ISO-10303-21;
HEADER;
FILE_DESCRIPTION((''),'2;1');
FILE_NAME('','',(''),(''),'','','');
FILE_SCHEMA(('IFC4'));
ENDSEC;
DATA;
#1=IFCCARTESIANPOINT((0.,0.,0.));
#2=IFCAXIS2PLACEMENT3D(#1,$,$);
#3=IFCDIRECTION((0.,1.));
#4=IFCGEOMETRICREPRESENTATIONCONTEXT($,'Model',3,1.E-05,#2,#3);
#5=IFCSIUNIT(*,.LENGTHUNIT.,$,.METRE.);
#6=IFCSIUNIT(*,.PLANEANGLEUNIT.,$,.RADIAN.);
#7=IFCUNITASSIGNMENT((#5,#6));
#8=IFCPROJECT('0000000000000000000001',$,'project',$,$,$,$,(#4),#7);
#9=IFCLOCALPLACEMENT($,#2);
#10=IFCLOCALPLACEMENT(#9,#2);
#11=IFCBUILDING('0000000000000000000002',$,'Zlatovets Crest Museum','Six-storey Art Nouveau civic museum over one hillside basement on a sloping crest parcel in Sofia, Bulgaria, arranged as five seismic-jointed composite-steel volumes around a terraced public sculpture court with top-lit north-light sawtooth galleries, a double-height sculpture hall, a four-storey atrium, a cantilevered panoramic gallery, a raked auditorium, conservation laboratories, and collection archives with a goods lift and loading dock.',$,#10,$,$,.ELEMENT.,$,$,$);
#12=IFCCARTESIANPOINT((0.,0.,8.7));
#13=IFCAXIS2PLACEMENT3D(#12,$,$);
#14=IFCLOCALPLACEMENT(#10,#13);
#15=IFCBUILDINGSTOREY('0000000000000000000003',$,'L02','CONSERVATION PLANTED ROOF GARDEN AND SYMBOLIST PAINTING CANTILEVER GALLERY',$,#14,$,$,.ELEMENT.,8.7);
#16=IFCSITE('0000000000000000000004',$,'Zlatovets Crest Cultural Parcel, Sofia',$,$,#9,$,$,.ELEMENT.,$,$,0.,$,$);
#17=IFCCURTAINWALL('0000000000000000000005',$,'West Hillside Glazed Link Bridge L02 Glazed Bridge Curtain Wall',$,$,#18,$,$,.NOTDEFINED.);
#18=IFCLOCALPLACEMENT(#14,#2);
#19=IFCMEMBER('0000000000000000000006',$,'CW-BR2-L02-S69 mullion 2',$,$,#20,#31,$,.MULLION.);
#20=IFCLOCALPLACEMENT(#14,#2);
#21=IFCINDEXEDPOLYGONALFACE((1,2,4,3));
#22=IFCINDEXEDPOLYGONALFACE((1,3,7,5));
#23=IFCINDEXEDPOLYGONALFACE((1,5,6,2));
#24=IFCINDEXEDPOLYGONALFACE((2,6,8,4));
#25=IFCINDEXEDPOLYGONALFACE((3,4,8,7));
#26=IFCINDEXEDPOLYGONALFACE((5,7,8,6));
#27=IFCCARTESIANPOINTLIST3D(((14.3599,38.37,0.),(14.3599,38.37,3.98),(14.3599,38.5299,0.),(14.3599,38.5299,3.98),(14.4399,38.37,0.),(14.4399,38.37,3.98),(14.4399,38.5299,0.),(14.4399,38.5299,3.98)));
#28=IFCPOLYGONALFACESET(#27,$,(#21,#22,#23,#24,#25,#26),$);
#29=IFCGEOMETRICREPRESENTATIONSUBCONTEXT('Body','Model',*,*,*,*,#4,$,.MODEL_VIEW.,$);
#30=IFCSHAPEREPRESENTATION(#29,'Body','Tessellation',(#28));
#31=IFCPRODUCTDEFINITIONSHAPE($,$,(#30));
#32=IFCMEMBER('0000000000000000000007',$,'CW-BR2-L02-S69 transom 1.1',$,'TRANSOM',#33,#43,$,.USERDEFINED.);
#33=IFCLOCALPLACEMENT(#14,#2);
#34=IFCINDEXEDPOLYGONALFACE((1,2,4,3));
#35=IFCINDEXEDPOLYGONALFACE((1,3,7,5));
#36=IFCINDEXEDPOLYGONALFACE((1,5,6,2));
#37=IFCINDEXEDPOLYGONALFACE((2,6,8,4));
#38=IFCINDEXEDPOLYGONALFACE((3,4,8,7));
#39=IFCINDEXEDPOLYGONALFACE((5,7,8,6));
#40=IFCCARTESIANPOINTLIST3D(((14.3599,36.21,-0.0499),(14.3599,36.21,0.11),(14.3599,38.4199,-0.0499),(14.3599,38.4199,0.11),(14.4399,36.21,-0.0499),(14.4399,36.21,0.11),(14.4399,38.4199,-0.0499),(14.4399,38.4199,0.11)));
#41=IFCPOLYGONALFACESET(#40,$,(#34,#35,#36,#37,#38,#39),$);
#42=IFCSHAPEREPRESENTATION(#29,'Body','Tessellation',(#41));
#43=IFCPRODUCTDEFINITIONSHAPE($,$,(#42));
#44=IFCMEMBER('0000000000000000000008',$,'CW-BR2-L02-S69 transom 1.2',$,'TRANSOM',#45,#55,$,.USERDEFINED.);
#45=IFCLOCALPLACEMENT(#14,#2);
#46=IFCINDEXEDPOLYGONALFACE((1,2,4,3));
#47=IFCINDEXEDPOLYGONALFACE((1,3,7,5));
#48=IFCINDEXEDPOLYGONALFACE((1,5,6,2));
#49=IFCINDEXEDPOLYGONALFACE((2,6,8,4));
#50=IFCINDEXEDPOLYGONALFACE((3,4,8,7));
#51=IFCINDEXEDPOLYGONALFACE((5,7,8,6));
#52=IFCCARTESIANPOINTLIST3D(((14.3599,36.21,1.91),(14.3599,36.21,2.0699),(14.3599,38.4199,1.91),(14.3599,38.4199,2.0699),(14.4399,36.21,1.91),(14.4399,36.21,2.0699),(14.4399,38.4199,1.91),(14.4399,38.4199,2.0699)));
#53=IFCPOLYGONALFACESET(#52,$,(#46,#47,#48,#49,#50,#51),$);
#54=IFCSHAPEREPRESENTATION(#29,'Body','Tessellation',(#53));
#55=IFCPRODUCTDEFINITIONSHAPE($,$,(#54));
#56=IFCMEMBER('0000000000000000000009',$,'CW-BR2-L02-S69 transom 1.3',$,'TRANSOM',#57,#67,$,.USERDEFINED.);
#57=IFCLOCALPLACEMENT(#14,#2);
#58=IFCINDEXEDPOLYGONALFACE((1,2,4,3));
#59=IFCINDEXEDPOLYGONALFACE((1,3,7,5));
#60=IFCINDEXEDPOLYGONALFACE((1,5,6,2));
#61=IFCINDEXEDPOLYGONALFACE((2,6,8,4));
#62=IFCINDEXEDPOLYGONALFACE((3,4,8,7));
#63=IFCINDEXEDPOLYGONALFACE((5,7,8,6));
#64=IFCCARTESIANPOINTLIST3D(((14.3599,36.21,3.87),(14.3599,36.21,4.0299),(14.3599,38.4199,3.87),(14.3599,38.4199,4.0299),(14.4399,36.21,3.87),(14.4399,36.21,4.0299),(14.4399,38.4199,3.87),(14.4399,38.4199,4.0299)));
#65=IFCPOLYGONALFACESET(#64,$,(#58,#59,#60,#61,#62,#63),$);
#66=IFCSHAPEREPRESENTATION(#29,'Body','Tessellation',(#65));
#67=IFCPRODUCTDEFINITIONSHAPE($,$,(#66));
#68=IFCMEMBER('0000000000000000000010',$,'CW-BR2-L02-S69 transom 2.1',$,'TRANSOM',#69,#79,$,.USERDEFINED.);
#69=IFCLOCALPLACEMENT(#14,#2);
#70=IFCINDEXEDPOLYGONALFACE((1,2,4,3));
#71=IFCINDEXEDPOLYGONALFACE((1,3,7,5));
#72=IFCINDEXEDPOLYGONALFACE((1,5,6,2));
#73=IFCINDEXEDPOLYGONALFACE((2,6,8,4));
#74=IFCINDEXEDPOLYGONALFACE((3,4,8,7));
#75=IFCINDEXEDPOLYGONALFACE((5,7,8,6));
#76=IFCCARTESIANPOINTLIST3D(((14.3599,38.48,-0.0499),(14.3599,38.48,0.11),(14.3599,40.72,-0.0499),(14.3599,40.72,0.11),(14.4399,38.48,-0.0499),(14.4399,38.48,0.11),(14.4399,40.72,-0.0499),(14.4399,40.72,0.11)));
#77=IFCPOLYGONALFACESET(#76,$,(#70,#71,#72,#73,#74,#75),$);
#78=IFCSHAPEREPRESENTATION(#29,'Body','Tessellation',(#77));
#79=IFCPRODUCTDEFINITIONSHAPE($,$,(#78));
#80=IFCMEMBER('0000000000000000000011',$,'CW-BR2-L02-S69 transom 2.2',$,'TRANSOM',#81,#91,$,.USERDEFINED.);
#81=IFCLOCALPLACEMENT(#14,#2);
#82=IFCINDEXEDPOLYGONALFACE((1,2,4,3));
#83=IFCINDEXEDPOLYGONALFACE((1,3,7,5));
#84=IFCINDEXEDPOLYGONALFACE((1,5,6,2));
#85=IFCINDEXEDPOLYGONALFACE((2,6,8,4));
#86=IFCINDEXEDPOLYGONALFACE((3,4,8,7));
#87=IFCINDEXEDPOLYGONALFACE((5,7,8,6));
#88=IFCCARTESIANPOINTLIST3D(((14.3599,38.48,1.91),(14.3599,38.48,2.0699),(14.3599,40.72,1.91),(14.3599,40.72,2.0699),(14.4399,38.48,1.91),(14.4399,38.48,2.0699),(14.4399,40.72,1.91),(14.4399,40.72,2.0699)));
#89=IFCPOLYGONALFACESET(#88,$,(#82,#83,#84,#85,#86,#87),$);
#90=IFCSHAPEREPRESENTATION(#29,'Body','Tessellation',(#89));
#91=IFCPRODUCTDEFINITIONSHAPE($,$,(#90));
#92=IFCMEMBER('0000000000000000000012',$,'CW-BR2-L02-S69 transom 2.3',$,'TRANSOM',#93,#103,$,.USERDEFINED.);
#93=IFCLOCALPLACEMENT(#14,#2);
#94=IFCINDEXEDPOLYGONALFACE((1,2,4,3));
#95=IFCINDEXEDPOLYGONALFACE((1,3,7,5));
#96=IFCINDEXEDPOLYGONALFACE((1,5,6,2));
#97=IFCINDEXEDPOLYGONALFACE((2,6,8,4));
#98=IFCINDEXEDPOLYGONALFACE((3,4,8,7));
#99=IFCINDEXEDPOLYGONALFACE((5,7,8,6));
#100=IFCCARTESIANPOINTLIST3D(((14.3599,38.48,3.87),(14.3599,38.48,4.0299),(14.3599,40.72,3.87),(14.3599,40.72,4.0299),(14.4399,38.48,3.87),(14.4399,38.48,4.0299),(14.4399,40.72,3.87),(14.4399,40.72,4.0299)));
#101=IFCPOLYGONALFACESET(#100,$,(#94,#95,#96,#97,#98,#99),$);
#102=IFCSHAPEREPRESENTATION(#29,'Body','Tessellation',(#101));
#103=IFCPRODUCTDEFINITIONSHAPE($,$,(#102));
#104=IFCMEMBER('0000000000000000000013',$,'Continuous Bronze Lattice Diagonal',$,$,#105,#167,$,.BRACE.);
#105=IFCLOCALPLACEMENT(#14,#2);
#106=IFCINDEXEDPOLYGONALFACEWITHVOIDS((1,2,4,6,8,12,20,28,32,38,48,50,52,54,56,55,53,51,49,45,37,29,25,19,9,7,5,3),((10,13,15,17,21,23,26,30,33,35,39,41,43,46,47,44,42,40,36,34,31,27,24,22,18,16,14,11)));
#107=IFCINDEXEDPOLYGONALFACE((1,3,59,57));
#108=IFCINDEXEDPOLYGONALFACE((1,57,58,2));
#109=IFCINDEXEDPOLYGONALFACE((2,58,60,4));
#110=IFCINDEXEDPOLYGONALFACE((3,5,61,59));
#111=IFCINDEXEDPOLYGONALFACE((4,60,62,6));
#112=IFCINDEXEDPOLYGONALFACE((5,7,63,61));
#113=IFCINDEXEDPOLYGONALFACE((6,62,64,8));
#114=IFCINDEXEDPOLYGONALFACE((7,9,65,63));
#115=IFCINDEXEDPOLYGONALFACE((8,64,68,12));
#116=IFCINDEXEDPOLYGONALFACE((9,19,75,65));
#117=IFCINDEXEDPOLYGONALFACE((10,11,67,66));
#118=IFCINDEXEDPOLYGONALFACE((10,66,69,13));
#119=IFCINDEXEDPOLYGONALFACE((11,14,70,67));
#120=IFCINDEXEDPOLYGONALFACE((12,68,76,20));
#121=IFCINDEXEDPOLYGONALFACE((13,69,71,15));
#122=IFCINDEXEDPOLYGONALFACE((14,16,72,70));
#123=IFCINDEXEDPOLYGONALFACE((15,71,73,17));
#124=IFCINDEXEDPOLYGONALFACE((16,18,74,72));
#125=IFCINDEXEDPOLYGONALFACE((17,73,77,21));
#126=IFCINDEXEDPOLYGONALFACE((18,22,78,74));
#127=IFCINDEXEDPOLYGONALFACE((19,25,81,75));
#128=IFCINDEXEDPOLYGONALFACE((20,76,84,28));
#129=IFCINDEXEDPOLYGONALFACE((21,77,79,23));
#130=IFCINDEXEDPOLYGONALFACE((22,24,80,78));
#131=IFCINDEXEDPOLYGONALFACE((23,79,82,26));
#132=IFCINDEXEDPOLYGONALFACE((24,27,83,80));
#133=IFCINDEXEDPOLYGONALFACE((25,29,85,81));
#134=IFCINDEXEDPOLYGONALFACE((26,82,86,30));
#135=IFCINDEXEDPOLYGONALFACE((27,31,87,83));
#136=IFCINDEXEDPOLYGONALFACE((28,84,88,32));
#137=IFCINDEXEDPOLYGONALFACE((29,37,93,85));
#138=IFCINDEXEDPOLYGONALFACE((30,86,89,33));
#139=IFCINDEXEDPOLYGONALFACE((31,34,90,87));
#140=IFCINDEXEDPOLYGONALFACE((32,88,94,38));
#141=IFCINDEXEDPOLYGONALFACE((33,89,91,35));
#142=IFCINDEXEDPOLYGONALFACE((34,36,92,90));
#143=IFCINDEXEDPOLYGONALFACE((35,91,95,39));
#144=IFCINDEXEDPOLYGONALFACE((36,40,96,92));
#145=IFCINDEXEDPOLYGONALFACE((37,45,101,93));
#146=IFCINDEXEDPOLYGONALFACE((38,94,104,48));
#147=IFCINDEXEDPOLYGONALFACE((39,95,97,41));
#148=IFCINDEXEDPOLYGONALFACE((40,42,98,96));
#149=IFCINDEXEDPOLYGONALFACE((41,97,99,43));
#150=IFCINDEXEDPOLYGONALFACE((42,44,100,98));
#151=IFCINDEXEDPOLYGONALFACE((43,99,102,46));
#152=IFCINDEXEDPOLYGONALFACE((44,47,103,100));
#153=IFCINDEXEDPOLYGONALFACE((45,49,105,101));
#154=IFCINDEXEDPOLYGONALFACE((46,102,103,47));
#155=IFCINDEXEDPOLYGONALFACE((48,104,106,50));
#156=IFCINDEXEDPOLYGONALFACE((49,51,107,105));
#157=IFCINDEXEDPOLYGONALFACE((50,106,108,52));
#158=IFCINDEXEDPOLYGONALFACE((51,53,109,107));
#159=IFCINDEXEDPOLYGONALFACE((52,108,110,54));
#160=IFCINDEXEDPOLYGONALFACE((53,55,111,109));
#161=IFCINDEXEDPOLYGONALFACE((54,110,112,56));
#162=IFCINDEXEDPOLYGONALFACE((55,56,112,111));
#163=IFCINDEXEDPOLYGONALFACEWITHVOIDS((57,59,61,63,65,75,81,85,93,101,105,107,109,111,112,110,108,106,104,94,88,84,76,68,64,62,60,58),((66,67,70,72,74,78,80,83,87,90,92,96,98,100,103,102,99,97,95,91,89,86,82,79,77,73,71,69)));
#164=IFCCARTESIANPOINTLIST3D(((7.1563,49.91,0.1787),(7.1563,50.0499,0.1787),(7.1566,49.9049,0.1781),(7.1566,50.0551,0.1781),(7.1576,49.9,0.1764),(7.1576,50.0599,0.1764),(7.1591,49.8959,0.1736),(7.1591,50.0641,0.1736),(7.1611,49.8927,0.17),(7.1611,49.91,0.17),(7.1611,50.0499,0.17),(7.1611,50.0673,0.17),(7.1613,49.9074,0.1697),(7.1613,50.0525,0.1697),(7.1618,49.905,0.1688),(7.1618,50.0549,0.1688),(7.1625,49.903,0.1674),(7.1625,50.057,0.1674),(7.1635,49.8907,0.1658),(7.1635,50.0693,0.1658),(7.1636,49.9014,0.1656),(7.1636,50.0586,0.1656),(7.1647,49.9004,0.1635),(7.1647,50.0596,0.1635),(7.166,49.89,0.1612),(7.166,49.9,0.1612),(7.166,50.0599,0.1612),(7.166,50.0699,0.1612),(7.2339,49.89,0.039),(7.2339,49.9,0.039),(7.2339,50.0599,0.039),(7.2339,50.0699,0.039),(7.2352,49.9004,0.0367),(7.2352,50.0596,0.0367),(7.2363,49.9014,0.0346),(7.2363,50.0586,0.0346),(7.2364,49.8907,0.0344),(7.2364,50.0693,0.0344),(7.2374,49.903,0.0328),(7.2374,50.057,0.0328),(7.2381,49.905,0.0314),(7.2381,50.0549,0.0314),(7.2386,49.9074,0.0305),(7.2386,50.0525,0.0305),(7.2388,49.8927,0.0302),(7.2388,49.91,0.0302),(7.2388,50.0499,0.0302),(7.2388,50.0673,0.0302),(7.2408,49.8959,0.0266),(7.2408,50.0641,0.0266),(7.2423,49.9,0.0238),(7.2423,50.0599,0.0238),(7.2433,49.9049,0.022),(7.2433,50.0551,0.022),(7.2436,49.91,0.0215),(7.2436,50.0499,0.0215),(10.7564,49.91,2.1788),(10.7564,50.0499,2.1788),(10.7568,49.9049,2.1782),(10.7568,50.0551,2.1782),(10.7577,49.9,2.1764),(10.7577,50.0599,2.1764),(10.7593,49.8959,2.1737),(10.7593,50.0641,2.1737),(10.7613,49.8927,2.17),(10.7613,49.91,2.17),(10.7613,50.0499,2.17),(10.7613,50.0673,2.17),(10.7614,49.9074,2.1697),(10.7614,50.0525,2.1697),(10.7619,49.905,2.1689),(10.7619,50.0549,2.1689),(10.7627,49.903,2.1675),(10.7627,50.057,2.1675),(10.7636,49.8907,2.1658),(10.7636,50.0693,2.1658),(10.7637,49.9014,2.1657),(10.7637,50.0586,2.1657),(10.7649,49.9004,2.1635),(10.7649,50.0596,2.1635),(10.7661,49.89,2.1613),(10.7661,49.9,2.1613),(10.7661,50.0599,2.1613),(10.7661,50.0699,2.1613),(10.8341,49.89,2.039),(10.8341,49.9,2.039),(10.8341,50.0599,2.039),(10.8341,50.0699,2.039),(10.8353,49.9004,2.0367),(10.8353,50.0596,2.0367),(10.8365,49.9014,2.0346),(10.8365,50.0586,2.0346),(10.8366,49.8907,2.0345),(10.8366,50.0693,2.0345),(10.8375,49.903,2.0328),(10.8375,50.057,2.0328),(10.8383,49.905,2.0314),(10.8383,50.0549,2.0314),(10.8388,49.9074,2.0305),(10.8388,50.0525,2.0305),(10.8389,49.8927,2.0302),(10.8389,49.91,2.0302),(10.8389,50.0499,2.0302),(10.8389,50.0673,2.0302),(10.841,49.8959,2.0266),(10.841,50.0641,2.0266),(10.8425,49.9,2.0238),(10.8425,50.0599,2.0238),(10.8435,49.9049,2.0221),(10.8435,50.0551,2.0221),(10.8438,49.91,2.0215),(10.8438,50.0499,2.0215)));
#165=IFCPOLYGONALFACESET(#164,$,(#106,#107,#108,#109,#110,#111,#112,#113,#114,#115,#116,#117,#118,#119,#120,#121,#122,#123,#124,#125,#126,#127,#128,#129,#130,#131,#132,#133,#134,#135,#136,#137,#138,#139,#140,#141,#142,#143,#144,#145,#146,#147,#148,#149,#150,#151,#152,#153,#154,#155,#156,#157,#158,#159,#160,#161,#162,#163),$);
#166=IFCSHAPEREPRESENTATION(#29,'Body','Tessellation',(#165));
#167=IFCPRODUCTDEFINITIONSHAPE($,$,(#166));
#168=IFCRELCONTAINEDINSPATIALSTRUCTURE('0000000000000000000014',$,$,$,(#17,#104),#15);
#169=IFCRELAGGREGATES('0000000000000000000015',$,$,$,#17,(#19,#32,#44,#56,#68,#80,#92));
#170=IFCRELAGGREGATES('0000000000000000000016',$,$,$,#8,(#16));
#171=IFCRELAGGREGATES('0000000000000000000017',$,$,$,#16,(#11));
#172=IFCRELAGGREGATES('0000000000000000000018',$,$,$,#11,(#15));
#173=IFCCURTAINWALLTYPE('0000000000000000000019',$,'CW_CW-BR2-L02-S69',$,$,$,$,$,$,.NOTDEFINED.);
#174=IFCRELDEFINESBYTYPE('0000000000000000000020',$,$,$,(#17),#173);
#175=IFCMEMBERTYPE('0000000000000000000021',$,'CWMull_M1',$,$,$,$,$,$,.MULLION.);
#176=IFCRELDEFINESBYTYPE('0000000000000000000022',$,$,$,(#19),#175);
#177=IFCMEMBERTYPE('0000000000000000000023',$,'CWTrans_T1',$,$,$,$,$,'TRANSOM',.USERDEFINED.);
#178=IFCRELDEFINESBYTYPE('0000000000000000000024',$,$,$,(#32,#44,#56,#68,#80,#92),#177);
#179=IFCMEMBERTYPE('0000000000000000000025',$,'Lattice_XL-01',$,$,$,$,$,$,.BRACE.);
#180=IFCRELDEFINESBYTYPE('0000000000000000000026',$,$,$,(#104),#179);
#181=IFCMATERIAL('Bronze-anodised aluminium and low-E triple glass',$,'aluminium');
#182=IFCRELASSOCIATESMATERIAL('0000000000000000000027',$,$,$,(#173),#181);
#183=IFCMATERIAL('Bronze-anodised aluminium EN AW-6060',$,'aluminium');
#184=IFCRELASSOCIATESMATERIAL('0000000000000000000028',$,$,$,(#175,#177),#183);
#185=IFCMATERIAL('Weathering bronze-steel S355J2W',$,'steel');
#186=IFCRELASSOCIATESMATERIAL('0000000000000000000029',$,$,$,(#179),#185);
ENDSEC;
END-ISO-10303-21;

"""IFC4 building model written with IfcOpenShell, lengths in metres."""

from ifc_helpers import new_model, si_unit, direction, frame, origin, origin_2d, place, context, subcontext, project, spatial, rectangle, hollow_rectangle, extrude, material, material_profile, profile_set, type_object, element, aggregate, save


model = new_model("IFC4")

# Units and contexts
model_context = context("Model", 3, precision=1e-05, world=origin(), true_north=direction((0.0, 1.0)))
body_context = subcontext(model_context, "Body", "Model", "MODEL_VIEW")
ifc_project = project(units=[si_unit("LENGTHUNIT", "METRE"), si_unit("PLANEANGLEUNIT", "RADIAN")], contexts=[model_context])

# Site, building, storey
site_placement = place(None, origin())
site = spatial("IfcSite", under=ifc_project, at=site_placement, Name="Zlatovets Crest Cultural Parcel, Sofia", CompositionType="ELEMENT", RefElevation=0.0)
building_placement = place(site_placement, origin())
building = spatial("IfcBuilding", under=site, at=building_placement, Name="Zlatovets Crest Museum", Description="Six-storey Art Nouveau civic museum over one hillside basement on a sloping crest parcel in Sofia, Bulgaria, arranged as five seismic-jointed composite-steel volumes around a terraced public sculpture court with top-lit north-light sawtooth galleries, a double-height sculpture hall, a four-storey atrium, a cantilevered panoramic gallery, a raked auditorium, conservation laboratories, and collection archives with a goods lift and loading dock.", CompositionType="ELEMENT")
storey_placement = place(building_placement, frame((0.0, 0.0, 8.7)))
storey = spatial("IfcBuildingStorey", under=building, at=storey_placement, Name="L02", Description="CONSERVATION PLANTED ROOF GARDEN AND SYMBOLIST PAINTING CANTILEVER GALLERY", CompositionType="ELEMENT", Elevation=8.7)

# Curtain wall, members
ifc_material_1 = material(Name="Bronze-anodised aluminium and low-E triple glass", Category="aluminium")
curtain_wall_type = type_object("IfcCurtainWallType", Name="CW_CW-BR2-L02-S69", PredefinedType="NOTDEFINED", material=ifc_material_1)
curtain_wall_placement = place(storey_placement, origin())
curtain_wall = element("IfcCurtainWall", 1, at=curtain_wall_placement, inside=storey, type_object=curtain_wall_type, Name="West Hillside Glazed Link Bridge L02 Glazed Bridge Curtain Wall", PredefinedType="NOTDEFINED")
ifc_material_2 = material(Name="Bronze-anodised aluminium EN AW-6060", Category="aluminium")
ifc_material_profile_1 = material_profile(ifc_material_2, rectangle(XDim=0.0801, YDim=0.1599, at=origin_2d()), Name="ALU 80x160")
ifc_profile_set_1 = profile_set([ifc_material_profile_1], Name="Bronze-anodised aluminium EN AW-6060")
member_type_1 = type_object("IfcMemberType", Name="CWMull_M1", PredefinedType="MULLION", material=ifc_profile_set_1)
member_1_placement = place(storey_placement, frame((14.3999, 38.45, 0.0), z_axis=(0.0, 0.0, 1.0), x_axis=(-1.0, 0.0, 0.0)))
member_1 = element("IfcMember", 2, at=member_1_placement, type_object=member_type_1, Name="CW-BR2-L02-S69 mullion 2", PredefinedType="MULLION", context=body_context, shape_type="SweptSolid", body=[
    extrude(rectangle(XDim=0.0801, YDim=0.1599, at=origin_2d()), origin(), (0.0, 0.0, 1.0), 3.98),
])
ifc_material_profile_2 = material_profile(ifc_material_2, rectangle(XDim=0.0801, YDim=0.1599, at=origin_2d()), Name="ALU 80x160")
ifc_profile_set_2 = profile_set([ifc_material_profile_2], Name="Bronze-anodised aluminium EN AW-6060")
member_type_2 = type_object("IfcMemberType", Name="CWTrans_T1", ElementType="TRANSOM", PredefinedType="USERDEFINED", material=ifc_profile_set_2)
member_2_placement = place(storey_placement, frame((14.3999, 36.21, 0.03), z_axis=(0.0, 1.0, 0.0), x_axis=(-1.0, 0.0, 0.0)))
member_2 = element("IfcMember", 3, at=member_2_placement, type_object=member_type_2, Name="CW-BR2-L02-S69 transom 1.1", ObjectType="TRANSOM", PredefinedType="USERDEFINED", context=body_context, shape_type="SweptSolid", body=[
    extrude(rectangle(XDim=0.0801, YDim=0.1599, at=origin_2d()), origin(), (0.0, 0.0, 1.0), 2.21),
])
member_3_placement = place(storey_placement, frame((14.3999, 36.21, 1.99), z_axis=(0.0, 1.0, 0.0), x_axis=(-1.0, 0.0, 0.0)))
member_3 = element("IfcMember", 4, at=member_3_placement, type_object=member_type_2, Name="CW-BR2-L02-S69 transom 1.2", ObjectType="TRANSOM", PredefinedType="USERDEFINED", context=body_context, shape_type="SweptSolid", body=[
    extrude(rectangle(XDim=0.0801, YDim=0.1599, at=origin_2d()), origin(), (0.0, 0.0, 1.0), 2.21),
])
member_4_placement = place(storey_placement, frame((14.3999, 36.21, 3.95), z_axis=(0.0, 1.0, 0.0), x_axis=(-1.0, 0.0, 0.0)))
member_4 = element("IfcMember", 5, at=member_4_placement, type_object=member_type_2, Name="CW-BR2-L02-S69 transom 1.3", ObjectType="TRANSOM", PredefinedType="USERDEFINED", context=body_context, shape_type="SweptSolid", body=[
    extrude(rectangle(XDim=0.0801, YDim=0.1599, at=origin_2d()), origin(), (0.0, 0.0, 1.0), 2.21),
])
member_5_placement = place(storey_placement, frame((14.3999, 38.48, 0.03), z_axis=(0.0, 1.0, 0.0), x_axis=(-1.0, 0.0, 0.0)))
member_5 = element("IfcMember", 6, at=member_5_placement, type_object=member_type_2, Name="CW-BR2-L02-S69 transom 2.1", ObjectType="TRANSOM", PredefinedType="USERDEFINED", context=body_context, shape_type="SweptSolid", body=[
    extrude(rectangle(XDim=0.0801, YDim=0.1599, at=origin_2d()), origin(), (0.0, 0.0, 1.0), 2.24),
])
member_6_placement = place(storey_placement, frame((14.3999, 38.48, 1.99), z_axis=(0.0, 1.0, 0.0), x_axis=(-1.0, 0.0, 0.0)))
member_6 = element("IfcMember", 7, at=member_6_placement, type_object=member_type_2, Name="CW-BR2-L02-S69 transom 2.2", ObjectType="TRANSOM", PredefinedType="USERDEFINED", context=body_context, shape_type="SweptSolid", body=[
    extrude(rectangle(XDim=0.0801, YDim=0.1599, at=origin_2d()), origin(), (0.0, 0.0, 1.0), 2.24),
])
member_7_placement = place(storey_placement, frame((14.3999, 38.48, 3.95), z_axis=(0.0, 1.0, 0.0), x_axis=(-1.0, 0.0, 0.0)))
member_7 = element("IfcMember", 8, at=member_7_placement, type_object=member_type_2, Name="CW-BR2-L02-S69 transom 2.3", ObjectType="TRANSOM", PredefinedType="USERDEFINED", context=body_context, shape_type="SweptSolid", body=[
    extrude(rectangle(XDim=0.0801, YDim=0.1599, at=origin_2d()), origin(), (0.0, 0.0, 1.0), 2.24),
])

# Member
ifc_material_3 = material(Name="Weathering bronze-steel S355J2W", Category="steel")
ifc_material_profile_3 = material_profile(ifc_material_3, hollow_rectangle(XDim=0.1799, YDim=0.1799, WallThickness=0.01, InnerFilletRadius=0.01, OuterFilletRadius=0.02, at=origin_2d()), Name="SHS 180x180x10.0")
ifc_profile_set_3 = profile_set([ifc_material_profile_3], Name="Weathering bronze-steel S355J2W")
member_type_3 = type_object("IfcMemberType", Name="Lattice_XL-01", PredefinedType="BRACE", material=ifc_profile_set_3)
member_8_placement = place(storey_placement, frame((7.2, 49.98, 0.1001), z_axis=(0.874163, 0.0, 0.485633), x_axis=(0.0, 1.0, 0.0)))
element("IfcMember", 9, at=member_8_placement, inside=storey, type_object=member_type_3, Name="Continuous Bronze Lattice Diagonal", PredefinedType="BRACE", context=body_context, shape_type="SweptSolid", body=[
    extrude(hollow_rectangle(XDim=0.1799, YDim=0.1799, WallThickness=0.01, InnerFilletRadius=0.01, OuterFilletRadius=0.02, at=origin_2d()), origin(), (0.0, 0.0, 1.0), 4.1184),
])

aggregate(curtain_wall, [member_1, member_2, member_3, member_4, member_5, member_6, member_7])

save(model, "model.ifc")
